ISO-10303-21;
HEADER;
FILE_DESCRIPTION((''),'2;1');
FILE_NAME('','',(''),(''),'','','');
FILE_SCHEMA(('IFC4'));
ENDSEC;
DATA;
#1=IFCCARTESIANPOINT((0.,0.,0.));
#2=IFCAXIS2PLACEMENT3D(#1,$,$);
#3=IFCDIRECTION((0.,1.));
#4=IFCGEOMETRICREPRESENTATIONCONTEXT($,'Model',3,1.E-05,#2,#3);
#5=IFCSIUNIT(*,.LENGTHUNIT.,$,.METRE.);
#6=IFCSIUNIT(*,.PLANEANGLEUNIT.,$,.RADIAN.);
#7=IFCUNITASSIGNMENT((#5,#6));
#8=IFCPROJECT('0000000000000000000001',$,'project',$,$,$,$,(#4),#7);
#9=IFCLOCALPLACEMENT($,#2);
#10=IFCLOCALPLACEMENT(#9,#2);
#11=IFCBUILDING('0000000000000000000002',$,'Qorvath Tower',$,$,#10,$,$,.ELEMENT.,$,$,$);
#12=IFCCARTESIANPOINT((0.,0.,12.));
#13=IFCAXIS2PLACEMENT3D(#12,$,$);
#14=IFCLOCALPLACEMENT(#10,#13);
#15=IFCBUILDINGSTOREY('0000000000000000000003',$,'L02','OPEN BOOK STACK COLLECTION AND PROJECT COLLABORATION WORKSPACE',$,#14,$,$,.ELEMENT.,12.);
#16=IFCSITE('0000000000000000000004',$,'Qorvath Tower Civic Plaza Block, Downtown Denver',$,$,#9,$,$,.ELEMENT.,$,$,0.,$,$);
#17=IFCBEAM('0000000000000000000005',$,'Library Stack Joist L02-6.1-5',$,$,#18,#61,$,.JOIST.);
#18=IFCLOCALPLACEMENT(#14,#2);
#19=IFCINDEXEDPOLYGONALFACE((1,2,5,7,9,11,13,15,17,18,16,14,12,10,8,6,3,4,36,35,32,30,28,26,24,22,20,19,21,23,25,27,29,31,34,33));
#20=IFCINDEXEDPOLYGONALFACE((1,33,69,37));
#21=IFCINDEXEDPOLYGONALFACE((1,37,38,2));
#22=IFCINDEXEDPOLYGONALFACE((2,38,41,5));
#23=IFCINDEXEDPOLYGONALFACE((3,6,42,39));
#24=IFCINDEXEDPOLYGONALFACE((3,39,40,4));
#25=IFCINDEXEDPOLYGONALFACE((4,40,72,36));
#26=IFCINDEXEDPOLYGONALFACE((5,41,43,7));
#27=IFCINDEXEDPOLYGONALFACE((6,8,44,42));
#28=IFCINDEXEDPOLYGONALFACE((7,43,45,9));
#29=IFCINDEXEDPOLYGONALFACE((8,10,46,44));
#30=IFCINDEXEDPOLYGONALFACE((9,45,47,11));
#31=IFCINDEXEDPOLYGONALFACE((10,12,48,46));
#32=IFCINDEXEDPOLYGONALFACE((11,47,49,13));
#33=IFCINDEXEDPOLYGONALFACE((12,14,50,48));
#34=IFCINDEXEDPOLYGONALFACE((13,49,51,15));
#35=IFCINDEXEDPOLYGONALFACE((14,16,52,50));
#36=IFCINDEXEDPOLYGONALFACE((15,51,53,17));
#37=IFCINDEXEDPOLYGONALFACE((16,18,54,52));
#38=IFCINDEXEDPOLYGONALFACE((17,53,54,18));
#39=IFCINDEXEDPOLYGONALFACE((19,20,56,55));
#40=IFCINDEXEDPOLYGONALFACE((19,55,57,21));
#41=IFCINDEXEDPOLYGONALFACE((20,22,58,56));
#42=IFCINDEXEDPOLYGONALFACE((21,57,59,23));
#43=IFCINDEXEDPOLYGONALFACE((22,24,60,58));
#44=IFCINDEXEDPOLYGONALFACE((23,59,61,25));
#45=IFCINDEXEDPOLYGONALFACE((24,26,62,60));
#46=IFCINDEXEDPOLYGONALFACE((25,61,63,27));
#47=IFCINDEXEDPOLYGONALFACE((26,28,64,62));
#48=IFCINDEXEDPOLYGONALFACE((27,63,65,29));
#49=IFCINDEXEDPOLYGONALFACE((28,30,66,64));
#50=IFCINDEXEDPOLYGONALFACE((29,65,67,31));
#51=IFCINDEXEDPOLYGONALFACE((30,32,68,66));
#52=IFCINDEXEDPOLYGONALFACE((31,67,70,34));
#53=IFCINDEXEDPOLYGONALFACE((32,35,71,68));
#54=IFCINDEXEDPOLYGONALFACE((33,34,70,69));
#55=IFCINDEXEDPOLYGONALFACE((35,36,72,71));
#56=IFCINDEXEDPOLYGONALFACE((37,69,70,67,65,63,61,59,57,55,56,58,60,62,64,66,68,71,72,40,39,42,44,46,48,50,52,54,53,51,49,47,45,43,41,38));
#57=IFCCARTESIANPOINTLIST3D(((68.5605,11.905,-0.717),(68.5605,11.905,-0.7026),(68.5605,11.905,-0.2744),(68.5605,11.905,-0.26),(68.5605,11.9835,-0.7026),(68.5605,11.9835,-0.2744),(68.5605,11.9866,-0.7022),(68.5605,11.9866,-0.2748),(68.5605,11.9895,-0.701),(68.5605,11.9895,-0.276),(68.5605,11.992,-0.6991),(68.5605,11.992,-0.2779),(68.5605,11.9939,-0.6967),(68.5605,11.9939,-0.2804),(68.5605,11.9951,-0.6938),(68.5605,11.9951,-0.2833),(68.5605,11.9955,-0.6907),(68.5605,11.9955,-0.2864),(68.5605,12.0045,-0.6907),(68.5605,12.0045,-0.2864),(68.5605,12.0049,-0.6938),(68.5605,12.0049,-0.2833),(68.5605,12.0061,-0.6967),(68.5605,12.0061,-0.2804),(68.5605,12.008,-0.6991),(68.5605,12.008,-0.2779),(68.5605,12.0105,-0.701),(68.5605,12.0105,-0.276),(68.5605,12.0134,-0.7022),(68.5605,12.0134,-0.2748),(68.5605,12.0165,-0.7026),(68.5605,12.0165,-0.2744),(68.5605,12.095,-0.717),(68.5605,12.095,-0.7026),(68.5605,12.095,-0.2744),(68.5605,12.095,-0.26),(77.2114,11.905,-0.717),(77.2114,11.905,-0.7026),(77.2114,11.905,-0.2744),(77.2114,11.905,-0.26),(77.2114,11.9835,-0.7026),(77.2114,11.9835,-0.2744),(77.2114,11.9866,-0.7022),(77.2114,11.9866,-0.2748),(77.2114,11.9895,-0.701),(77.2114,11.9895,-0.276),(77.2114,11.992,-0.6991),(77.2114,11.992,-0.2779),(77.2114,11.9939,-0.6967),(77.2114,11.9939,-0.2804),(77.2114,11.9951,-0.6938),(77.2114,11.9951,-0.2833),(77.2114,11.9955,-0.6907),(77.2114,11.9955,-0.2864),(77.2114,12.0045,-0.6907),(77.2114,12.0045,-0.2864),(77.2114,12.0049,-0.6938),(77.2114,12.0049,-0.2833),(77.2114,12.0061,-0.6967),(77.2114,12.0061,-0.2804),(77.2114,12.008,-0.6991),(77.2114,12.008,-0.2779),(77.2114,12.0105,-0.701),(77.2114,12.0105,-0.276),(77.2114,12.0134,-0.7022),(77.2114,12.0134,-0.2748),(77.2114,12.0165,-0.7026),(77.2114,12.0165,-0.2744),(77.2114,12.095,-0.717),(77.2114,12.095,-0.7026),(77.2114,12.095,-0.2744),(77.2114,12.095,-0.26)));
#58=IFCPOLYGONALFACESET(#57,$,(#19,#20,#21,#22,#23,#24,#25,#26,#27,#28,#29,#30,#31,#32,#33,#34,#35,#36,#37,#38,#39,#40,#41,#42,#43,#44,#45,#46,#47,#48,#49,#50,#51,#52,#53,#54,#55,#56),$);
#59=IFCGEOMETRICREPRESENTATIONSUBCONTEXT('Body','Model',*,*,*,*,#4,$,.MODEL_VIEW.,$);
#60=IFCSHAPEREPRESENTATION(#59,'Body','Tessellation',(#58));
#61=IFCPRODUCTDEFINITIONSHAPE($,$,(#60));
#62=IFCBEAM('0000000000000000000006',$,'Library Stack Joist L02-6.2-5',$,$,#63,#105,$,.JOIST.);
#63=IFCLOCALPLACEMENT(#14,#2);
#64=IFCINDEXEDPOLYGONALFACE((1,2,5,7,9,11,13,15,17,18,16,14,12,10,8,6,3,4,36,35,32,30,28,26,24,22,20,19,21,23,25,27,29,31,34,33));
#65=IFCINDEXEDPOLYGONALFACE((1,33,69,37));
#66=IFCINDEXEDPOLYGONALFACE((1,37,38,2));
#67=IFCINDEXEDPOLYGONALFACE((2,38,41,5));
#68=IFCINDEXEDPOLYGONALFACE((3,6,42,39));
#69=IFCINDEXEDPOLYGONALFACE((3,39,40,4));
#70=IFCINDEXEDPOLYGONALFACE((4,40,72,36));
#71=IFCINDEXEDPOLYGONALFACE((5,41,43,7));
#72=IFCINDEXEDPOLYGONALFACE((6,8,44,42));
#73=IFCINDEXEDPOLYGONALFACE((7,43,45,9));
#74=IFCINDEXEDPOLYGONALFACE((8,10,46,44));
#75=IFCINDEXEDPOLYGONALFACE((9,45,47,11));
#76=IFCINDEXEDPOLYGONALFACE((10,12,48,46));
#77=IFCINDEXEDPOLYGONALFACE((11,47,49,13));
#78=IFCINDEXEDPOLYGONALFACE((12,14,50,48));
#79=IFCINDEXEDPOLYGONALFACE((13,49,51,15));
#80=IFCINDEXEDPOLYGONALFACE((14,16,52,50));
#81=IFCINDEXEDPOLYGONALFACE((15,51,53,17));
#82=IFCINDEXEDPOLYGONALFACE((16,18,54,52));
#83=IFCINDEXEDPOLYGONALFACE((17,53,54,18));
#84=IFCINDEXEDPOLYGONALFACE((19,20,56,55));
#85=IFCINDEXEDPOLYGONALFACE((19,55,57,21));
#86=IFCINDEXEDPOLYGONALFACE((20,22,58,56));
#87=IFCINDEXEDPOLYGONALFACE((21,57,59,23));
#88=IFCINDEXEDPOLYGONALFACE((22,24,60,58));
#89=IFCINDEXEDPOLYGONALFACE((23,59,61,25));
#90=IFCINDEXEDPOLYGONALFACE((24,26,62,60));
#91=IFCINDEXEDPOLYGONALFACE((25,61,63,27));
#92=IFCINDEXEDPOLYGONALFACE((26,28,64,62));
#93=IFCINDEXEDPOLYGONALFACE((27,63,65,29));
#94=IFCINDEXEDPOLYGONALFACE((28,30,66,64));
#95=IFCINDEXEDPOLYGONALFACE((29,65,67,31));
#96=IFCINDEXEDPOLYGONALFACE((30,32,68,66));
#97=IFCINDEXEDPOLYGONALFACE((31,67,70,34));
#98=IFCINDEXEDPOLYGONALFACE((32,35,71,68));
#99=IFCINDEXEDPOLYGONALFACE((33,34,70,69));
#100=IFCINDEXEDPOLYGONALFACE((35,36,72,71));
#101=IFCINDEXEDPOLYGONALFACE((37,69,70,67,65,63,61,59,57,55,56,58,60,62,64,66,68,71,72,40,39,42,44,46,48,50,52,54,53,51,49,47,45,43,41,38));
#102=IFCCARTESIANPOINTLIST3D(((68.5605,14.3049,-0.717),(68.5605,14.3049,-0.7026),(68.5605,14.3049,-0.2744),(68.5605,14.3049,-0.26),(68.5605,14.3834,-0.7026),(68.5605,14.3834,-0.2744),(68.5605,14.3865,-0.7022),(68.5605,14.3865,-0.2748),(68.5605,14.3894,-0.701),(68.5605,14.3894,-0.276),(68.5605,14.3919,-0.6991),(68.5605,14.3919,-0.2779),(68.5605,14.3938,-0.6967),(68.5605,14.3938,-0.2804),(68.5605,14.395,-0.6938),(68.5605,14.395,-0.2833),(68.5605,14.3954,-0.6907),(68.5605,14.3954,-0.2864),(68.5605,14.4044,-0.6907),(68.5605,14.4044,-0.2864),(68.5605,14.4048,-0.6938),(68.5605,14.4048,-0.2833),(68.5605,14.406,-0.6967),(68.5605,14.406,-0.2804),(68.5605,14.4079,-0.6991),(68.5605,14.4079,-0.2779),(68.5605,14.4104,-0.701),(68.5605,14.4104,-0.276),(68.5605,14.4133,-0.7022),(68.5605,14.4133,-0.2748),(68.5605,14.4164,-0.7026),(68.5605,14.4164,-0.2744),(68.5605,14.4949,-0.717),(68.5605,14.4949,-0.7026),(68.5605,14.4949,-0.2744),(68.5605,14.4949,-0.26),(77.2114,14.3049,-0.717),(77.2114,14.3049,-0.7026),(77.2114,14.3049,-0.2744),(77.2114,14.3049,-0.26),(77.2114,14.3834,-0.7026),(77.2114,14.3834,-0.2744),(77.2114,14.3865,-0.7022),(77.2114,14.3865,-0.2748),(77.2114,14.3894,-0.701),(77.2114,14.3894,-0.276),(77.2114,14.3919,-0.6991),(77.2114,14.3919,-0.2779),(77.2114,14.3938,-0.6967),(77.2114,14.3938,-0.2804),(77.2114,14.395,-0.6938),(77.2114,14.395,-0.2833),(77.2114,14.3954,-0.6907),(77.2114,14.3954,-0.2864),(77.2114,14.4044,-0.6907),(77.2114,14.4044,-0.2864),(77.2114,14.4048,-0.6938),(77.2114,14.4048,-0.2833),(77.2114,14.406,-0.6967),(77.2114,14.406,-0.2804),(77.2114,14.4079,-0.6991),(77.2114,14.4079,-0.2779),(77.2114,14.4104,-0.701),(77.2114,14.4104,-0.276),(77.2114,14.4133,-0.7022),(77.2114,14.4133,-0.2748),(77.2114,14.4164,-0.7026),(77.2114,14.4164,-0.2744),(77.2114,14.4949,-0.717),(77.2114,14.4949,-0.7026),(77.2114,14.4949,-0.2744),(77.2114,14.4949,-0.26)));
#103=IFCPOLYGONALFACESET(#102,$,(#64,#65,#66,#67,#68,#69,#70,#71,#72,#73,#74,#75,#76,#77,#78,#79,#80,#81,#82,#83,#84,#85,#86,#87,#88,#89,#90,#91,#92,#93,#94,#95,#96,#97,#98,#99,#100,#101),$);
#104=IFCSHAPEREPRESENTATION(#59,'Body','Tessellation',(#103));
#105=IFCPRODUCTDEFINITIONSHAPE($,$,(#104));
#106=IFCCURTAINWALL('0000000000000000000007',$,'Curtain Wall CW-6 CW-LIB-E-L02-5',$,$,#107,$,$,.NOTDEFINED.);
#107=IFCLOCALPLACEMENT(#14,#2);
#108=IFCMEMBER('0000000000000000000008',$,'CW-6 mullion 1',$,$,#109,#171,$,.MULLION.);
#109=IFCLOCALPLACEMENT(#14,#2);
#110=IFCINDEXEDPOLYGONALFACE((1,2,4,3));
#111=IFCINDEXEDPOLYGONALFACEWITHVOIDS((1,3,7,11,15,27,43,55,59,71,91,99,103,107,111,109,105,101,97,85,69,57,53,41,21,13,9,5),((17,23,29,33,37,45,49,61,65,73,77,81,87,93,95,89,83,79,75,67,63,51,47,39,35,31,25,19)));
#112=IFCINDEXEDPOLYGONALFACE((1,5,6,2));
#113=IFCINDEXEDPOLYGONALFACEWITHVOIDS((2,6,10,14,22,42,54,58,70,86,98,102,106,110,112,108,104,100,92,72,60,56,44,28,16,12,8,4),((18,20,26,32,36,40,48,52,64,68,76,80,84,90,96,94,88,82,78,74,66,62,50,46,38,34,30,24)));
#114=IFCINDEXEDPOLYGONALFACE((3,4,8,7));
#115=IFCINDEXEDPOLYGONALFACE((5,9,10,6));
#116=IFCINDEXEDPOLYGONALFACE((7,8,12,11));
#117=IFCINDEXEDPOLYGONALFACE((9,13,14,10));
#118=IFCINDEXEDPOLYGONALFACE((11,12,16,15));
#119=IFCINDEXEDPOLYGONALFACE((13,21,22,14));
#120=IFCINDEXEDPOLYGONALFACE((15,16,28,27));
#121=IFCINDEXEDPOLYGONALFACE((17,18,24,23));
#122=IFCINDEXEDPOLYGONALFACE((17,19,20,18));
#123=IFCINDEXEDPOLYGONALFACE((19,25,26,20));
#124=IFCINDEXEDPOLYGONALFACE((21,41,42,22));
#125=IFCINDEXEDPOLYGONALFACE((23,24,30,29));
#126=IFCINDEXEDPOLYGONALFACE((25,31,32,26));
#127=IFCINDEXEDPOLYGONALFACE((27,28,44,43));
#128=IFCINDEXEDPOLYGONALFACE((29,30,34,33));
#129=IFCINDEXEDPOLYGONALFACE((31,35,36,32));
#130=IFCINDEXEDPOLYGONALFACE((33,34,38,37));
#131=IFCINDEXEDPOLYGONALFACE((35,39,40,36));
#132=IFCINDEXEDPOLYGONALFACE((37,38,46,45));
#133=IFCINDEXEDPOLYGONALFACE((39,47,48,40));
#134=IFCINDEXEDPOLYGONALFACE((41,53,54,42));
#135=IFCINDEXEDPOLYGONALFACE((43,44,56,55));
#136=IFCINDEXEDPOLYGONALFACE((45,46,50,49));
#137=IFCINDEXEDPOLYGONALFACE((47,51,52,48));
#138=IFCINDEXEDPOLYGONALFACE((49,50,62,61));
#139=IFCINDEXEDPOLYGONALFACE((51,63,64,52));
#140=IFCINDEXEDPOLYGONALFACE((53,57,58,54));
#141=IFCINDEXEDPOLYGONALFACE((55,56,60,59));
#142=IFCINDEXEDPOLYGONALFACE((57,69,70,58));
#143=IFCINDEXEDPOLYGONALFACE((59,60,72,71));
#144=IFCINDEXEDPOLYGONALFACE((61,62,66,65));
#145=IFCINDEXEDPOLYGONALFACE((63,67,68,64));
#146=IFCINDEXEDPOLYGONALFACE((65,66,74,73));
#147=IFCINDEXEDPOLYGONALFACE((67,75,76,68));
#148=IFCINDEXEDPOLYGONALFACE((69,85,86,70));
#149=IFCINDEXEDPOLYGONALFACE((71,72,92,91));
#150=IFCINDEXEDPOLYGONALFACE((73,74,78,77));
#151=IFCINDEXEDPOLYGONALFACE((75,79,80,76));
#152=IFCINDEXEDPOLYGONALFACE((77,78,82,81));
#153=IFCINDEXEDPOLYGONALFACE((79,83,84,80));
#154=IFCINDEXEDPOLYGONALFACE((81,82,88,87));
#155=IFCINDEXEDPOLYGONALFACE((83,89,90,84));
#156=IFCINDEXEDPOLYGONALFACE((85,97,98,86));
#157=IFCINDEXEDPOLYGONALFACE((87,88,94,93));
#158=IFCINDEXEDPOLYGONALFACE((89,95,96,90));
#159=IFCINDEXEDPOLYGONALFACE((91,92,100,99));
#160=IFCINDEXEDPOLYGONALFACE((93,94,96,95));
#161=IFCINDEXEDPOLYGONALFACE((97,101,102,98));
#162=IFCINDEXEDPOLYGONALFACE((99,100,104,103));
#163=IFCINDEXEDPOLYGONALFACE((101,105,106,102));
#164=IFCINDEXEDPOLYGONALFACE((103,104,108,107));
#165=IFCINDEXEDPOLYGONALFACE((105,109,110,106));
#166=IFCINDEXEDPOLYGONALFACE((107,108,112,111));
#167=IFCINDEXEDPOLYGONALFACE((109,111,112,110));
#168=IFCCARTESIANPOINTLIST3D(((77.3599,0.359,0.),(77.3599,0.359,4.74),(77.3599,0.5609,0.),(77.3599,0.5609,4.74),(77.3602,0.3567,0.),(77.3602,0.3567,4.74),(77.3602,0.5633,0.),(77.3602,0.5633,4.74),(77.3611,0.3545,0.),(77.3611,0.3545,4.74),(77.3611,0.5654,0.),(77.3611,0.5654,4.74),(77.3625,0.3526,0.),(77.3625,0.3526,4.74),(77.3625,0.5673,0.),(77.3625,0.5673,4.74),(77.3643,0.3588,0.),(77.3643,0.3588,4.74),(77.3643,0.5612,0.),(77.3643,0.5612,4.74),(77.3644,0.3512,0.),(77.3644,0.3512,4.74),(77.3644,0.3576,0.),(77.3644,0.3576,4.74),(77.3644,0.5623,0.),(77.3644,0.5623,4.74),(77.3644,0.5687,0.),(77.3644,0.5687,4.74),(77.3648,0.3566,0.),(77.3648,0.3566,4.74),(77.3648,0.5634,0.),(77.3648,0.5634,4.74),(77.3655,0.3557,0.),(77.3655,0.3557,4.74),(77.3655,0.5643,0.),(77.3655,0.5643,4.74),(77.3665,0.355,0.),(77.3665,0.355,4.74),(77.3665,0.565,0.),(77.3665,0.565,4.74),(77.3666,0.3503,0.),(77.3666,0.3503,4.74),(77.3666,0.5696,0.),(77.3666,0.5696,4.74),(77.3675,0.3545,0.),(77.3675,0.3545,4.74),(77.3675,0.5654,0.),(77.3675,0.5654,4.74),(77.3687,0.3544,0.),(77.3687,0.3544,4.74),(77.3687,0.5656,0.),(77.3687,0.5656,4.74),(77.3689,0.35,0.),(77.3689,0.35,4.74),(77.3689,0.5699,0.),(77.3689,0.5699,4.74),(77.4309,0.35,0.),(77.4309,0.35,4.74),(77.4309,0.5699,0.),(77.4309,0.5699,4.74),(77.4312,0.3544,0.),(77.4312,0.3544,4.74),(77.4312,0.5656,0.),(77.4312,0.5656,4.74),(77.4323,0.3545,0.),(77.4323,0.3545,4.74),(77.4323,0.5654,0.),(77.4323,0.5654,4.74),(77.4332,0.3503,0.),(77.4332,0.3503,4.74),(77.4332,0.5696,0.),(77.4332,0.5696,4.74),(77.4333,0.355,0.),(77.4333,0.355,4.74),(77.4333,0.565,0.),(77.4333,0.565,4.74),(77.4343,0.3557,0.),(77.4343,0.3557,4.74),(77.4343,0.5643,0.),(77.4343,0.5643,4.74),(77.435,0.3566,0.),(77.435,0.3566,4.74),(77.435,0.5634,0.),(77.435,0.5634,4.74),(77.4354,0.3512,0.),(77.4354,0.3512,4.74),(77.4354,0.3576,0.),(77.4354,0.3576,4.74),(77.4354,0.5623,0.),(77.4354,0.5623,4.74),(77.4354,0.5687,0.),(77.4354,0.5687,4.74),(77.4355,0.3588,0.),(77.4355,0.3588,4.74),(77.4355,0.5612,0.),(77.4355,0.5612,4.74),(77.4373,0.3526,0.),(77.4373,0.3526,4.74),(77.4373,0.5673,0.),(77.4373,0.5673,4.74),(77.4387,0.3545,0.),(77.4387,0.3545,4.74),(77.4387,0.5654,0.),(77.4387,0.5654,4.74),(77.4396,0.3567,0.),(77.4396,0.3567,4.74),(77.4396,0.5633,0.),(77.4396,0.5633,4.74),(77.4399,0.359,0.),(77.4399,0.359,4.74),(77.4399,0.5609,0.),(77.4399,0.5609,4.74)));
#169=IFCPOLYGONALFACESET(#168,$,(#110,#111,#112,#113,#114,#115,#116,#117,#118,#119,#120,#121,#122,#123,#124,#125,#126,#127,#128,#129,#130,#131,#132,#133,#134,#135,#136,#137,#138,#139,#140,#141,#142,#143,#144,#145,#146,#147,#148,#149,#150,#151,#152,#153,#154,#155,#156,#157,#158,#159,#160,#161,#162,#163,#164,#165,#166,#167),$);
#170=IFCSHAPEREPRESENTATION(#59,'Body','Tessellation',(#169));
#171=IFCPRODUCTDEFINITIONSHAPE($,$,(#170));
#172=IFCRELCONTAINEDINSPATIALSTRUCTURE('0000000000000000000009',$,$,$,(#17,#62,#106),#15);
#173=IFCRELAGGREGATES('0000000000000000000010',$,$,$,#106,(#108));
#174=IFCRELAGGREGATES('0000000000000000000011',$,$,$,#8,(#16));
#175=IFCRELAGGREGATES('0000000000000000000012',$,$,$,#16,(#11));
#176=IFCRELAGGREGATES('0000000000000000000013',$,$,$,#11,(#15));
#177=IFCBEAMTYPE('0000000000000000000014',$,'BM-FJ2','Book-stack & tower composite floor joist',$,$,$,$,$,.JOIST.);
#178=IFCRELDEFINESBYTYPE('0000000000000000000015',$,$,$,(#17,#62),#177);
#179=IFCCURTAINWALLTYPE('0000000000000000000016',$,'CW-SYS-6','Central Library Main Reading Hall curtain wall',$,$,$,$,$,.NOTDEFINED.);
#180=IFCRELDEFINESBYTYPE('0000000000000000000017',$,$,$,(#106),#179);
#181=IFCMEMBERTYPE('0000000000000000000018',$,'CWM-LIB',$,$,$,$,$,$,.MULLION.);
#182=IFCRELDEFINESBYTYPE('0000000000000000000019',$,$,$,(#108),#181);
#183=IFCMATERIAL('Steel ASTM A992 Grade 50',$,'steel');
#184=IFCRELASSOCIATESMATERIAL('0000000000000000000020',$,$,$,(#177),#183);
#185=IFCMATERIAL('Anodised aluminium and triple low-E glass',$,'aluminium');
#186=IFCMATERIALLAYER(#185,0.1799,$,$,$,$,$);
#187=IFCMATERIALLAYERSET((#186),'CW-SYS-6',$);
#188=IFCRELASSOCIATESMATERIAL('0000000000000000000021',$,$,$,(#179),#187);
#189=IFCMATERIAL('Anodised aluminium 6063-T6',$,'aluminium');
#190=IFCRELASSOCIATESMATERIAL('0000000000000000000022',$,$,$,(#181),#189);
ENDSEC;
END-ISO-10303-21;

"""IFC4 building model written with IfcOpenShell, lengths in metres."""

from ifc_helpers import new_model, si_unit, direction, frame, origin, origin_2d, place, context, subcontext, project, spatial, hollow_rectangle, i_section, extrude, material, layer, layer_set, material_profile, profile_set, type_object, element, aggregate, save


model = new_model("IFC4")

# Units and contexts
model_context = context("Model", 3, precision=1e-05, world=origin(), true_north=direction((0.0, 1.0)))
body_context = subcontext(model_context, "Body", "Model", "MODEL_VIEW")
ifc_project = project(units=[si_unit("LENGTHUNIT", "METRE"), si_unit("PLANEANGLEUNIT", "RADIAN")], contexts=[model_context])

# Site, building, storey
site_placement = place(None, origin())
site = spatial("IfcSite", under=ifc_project, at=site_placement, Name="Qorvath Tower Civic Plaza Block, Downtown Denver", CompositionType="ELEMENT", RefElevation=0.0)
building_placement = place(site_placement, origin())
building = spatial("IfcBuilding", under=site, at=building_placement, Name="Qorvath Tower", CompositionType="ELEMENT")
storey_placement = place(building_placement, frame((0.0, 0.0, 12.0)))
storey = spatial("IfcBuildingStorey", under=building, at=storey_placement, Name="L02", Description="OPEN BOOK STACK COLLECTION AND PROJECT COLLABORATION WORKSPACE", CompositionType="ELEMENT", Elevation=12.0)

# Beams
ifc_material_1 = material(Name="Steel ASTM A992 Grade 50", Category="steel")
ifc_material_profile_1 = material_profile(ifc_material_1, i_section(OverallWidth=0.1899, OverallDepth=0.457, WebThickness=0.009, FlangeThickness=0.0144, FilletRadius=0.012, at=origin_2d()), Name="W18x50")
ifc_profile_set_1 = profile_set([ifc_material_profile_1], Name="Steel ASTM A992 Grade 50")
beam_type_1 = type_object("IfcBeamType", Name="BM-FJ2", Description="Book-stack & tower composite floor joist", PredefinedType="JOIST", material=ifc_profile_set_1)
for number, where, z_axis, x_axis, name in (
    (1, (68.5605, 12.0, -0.4885), (1.0, 0.0, 0.0), (0.0, 1.0, 0.0), "Library Stack Joist L02-6.1-5"),
    (2, (68.5605, 14.3999, -0.4885), (1.0, 0.0, 0.0), (0.0, 1.0, 0.0), "Library Stack Joist L02-6.2-5"),
):
    element("IfcBeam", number, at=place(storey_placement, frame(where, z_axis=z_axis, x_axis=x_axis)), inside=storey, type_object=beam_type_1, Name=name, PredefinedType="JOIST", context=body_context, shape_type="SweptSolid", body=[
        extrude(i_section(OverallWidth=0.1899, OverallDepth=0.457, WebThickness=0.009, FlangeThickness=0.0144, FilletRadius=0.012, at=origin_2d()), origin(), (0.0, 0.0, 1.0), 8.6509),
    ])

# Curtain wall, member
ifc_material_2 = material(Name="Anodised aluminium and triple low-E glass", Category="aluminium")
ifc_layer_1 = layer(ifc_material_2, 0.1799)
ifc_layer_set_1 = layer_set([ifc_layer_1], Name="CW-SYS-6")
curtain_wall_type = type_object("IfcCurtainWallType", Name="CW-SYS-6", Description="Central Library Main Reading Hall curtain wall", PredefinedType="NOTDEFINED", material=ifc_layer_set_1)
curtain_wall_1_placement = place(storey_placement, origin())
curtain_wall_1 = element("IfcCurtainWall", 3, at=curtain_wall_1_placement, inside=storey, type_object=curtain_wall_type, Name="Curtain Wall CW-6 CW-LIB-E-L02-5", PredefinedType="NOTDEFINED")
ifc_material_3 = material(Name="Anodised aluminium 6063-T6", Category="aluminium")
ifc_material_profile_2 = material_profile(ifc_material_3, hollow_rectangle(XDim=0.0801, YDim=0.22, WallThickness=0.0044, InnerFilletRadius=0.0044, OuterFilletRadius=0.009, at=origin_2d()), Name="CWM LIB 220x80")
ifc_profile_set_2 = profile_set([ifc_material_profile_2], Name="Anodised aluminium 6063-T6")
member_type_1 = type_object("IfcMemberType", Name="CWM-LIB", PredefinedType="MULLION", material=ifc_profile_set_2)
member_1_placement = place(storey_placement, frame((77.3999, 0.46, 0.0), z_axis=(0.0, 0.0, 1.0), x_axis=(-1.0, 0.0, 0.0)))
member_1 = element("IfcMember", 4, at=member_1_placement, type_object=member_type_1, Name="CW-6 mullion 1", PredefinedType="MULLION", context=body_context, shape_type="SweptSolid", body=[
    extrude(hollow_rectangle(XDim=0.0801, YDim=0.22, WallThickness=0.0044, InnerFilletRadius=0.0044, OuterFilletRadius=0.009, at=origin_2d()), origin(), (0.0, 0.0, 1.0), 4.74),
])

aggregate(curtain_wall_1, [member_1])

save(model, "model.ifc")
